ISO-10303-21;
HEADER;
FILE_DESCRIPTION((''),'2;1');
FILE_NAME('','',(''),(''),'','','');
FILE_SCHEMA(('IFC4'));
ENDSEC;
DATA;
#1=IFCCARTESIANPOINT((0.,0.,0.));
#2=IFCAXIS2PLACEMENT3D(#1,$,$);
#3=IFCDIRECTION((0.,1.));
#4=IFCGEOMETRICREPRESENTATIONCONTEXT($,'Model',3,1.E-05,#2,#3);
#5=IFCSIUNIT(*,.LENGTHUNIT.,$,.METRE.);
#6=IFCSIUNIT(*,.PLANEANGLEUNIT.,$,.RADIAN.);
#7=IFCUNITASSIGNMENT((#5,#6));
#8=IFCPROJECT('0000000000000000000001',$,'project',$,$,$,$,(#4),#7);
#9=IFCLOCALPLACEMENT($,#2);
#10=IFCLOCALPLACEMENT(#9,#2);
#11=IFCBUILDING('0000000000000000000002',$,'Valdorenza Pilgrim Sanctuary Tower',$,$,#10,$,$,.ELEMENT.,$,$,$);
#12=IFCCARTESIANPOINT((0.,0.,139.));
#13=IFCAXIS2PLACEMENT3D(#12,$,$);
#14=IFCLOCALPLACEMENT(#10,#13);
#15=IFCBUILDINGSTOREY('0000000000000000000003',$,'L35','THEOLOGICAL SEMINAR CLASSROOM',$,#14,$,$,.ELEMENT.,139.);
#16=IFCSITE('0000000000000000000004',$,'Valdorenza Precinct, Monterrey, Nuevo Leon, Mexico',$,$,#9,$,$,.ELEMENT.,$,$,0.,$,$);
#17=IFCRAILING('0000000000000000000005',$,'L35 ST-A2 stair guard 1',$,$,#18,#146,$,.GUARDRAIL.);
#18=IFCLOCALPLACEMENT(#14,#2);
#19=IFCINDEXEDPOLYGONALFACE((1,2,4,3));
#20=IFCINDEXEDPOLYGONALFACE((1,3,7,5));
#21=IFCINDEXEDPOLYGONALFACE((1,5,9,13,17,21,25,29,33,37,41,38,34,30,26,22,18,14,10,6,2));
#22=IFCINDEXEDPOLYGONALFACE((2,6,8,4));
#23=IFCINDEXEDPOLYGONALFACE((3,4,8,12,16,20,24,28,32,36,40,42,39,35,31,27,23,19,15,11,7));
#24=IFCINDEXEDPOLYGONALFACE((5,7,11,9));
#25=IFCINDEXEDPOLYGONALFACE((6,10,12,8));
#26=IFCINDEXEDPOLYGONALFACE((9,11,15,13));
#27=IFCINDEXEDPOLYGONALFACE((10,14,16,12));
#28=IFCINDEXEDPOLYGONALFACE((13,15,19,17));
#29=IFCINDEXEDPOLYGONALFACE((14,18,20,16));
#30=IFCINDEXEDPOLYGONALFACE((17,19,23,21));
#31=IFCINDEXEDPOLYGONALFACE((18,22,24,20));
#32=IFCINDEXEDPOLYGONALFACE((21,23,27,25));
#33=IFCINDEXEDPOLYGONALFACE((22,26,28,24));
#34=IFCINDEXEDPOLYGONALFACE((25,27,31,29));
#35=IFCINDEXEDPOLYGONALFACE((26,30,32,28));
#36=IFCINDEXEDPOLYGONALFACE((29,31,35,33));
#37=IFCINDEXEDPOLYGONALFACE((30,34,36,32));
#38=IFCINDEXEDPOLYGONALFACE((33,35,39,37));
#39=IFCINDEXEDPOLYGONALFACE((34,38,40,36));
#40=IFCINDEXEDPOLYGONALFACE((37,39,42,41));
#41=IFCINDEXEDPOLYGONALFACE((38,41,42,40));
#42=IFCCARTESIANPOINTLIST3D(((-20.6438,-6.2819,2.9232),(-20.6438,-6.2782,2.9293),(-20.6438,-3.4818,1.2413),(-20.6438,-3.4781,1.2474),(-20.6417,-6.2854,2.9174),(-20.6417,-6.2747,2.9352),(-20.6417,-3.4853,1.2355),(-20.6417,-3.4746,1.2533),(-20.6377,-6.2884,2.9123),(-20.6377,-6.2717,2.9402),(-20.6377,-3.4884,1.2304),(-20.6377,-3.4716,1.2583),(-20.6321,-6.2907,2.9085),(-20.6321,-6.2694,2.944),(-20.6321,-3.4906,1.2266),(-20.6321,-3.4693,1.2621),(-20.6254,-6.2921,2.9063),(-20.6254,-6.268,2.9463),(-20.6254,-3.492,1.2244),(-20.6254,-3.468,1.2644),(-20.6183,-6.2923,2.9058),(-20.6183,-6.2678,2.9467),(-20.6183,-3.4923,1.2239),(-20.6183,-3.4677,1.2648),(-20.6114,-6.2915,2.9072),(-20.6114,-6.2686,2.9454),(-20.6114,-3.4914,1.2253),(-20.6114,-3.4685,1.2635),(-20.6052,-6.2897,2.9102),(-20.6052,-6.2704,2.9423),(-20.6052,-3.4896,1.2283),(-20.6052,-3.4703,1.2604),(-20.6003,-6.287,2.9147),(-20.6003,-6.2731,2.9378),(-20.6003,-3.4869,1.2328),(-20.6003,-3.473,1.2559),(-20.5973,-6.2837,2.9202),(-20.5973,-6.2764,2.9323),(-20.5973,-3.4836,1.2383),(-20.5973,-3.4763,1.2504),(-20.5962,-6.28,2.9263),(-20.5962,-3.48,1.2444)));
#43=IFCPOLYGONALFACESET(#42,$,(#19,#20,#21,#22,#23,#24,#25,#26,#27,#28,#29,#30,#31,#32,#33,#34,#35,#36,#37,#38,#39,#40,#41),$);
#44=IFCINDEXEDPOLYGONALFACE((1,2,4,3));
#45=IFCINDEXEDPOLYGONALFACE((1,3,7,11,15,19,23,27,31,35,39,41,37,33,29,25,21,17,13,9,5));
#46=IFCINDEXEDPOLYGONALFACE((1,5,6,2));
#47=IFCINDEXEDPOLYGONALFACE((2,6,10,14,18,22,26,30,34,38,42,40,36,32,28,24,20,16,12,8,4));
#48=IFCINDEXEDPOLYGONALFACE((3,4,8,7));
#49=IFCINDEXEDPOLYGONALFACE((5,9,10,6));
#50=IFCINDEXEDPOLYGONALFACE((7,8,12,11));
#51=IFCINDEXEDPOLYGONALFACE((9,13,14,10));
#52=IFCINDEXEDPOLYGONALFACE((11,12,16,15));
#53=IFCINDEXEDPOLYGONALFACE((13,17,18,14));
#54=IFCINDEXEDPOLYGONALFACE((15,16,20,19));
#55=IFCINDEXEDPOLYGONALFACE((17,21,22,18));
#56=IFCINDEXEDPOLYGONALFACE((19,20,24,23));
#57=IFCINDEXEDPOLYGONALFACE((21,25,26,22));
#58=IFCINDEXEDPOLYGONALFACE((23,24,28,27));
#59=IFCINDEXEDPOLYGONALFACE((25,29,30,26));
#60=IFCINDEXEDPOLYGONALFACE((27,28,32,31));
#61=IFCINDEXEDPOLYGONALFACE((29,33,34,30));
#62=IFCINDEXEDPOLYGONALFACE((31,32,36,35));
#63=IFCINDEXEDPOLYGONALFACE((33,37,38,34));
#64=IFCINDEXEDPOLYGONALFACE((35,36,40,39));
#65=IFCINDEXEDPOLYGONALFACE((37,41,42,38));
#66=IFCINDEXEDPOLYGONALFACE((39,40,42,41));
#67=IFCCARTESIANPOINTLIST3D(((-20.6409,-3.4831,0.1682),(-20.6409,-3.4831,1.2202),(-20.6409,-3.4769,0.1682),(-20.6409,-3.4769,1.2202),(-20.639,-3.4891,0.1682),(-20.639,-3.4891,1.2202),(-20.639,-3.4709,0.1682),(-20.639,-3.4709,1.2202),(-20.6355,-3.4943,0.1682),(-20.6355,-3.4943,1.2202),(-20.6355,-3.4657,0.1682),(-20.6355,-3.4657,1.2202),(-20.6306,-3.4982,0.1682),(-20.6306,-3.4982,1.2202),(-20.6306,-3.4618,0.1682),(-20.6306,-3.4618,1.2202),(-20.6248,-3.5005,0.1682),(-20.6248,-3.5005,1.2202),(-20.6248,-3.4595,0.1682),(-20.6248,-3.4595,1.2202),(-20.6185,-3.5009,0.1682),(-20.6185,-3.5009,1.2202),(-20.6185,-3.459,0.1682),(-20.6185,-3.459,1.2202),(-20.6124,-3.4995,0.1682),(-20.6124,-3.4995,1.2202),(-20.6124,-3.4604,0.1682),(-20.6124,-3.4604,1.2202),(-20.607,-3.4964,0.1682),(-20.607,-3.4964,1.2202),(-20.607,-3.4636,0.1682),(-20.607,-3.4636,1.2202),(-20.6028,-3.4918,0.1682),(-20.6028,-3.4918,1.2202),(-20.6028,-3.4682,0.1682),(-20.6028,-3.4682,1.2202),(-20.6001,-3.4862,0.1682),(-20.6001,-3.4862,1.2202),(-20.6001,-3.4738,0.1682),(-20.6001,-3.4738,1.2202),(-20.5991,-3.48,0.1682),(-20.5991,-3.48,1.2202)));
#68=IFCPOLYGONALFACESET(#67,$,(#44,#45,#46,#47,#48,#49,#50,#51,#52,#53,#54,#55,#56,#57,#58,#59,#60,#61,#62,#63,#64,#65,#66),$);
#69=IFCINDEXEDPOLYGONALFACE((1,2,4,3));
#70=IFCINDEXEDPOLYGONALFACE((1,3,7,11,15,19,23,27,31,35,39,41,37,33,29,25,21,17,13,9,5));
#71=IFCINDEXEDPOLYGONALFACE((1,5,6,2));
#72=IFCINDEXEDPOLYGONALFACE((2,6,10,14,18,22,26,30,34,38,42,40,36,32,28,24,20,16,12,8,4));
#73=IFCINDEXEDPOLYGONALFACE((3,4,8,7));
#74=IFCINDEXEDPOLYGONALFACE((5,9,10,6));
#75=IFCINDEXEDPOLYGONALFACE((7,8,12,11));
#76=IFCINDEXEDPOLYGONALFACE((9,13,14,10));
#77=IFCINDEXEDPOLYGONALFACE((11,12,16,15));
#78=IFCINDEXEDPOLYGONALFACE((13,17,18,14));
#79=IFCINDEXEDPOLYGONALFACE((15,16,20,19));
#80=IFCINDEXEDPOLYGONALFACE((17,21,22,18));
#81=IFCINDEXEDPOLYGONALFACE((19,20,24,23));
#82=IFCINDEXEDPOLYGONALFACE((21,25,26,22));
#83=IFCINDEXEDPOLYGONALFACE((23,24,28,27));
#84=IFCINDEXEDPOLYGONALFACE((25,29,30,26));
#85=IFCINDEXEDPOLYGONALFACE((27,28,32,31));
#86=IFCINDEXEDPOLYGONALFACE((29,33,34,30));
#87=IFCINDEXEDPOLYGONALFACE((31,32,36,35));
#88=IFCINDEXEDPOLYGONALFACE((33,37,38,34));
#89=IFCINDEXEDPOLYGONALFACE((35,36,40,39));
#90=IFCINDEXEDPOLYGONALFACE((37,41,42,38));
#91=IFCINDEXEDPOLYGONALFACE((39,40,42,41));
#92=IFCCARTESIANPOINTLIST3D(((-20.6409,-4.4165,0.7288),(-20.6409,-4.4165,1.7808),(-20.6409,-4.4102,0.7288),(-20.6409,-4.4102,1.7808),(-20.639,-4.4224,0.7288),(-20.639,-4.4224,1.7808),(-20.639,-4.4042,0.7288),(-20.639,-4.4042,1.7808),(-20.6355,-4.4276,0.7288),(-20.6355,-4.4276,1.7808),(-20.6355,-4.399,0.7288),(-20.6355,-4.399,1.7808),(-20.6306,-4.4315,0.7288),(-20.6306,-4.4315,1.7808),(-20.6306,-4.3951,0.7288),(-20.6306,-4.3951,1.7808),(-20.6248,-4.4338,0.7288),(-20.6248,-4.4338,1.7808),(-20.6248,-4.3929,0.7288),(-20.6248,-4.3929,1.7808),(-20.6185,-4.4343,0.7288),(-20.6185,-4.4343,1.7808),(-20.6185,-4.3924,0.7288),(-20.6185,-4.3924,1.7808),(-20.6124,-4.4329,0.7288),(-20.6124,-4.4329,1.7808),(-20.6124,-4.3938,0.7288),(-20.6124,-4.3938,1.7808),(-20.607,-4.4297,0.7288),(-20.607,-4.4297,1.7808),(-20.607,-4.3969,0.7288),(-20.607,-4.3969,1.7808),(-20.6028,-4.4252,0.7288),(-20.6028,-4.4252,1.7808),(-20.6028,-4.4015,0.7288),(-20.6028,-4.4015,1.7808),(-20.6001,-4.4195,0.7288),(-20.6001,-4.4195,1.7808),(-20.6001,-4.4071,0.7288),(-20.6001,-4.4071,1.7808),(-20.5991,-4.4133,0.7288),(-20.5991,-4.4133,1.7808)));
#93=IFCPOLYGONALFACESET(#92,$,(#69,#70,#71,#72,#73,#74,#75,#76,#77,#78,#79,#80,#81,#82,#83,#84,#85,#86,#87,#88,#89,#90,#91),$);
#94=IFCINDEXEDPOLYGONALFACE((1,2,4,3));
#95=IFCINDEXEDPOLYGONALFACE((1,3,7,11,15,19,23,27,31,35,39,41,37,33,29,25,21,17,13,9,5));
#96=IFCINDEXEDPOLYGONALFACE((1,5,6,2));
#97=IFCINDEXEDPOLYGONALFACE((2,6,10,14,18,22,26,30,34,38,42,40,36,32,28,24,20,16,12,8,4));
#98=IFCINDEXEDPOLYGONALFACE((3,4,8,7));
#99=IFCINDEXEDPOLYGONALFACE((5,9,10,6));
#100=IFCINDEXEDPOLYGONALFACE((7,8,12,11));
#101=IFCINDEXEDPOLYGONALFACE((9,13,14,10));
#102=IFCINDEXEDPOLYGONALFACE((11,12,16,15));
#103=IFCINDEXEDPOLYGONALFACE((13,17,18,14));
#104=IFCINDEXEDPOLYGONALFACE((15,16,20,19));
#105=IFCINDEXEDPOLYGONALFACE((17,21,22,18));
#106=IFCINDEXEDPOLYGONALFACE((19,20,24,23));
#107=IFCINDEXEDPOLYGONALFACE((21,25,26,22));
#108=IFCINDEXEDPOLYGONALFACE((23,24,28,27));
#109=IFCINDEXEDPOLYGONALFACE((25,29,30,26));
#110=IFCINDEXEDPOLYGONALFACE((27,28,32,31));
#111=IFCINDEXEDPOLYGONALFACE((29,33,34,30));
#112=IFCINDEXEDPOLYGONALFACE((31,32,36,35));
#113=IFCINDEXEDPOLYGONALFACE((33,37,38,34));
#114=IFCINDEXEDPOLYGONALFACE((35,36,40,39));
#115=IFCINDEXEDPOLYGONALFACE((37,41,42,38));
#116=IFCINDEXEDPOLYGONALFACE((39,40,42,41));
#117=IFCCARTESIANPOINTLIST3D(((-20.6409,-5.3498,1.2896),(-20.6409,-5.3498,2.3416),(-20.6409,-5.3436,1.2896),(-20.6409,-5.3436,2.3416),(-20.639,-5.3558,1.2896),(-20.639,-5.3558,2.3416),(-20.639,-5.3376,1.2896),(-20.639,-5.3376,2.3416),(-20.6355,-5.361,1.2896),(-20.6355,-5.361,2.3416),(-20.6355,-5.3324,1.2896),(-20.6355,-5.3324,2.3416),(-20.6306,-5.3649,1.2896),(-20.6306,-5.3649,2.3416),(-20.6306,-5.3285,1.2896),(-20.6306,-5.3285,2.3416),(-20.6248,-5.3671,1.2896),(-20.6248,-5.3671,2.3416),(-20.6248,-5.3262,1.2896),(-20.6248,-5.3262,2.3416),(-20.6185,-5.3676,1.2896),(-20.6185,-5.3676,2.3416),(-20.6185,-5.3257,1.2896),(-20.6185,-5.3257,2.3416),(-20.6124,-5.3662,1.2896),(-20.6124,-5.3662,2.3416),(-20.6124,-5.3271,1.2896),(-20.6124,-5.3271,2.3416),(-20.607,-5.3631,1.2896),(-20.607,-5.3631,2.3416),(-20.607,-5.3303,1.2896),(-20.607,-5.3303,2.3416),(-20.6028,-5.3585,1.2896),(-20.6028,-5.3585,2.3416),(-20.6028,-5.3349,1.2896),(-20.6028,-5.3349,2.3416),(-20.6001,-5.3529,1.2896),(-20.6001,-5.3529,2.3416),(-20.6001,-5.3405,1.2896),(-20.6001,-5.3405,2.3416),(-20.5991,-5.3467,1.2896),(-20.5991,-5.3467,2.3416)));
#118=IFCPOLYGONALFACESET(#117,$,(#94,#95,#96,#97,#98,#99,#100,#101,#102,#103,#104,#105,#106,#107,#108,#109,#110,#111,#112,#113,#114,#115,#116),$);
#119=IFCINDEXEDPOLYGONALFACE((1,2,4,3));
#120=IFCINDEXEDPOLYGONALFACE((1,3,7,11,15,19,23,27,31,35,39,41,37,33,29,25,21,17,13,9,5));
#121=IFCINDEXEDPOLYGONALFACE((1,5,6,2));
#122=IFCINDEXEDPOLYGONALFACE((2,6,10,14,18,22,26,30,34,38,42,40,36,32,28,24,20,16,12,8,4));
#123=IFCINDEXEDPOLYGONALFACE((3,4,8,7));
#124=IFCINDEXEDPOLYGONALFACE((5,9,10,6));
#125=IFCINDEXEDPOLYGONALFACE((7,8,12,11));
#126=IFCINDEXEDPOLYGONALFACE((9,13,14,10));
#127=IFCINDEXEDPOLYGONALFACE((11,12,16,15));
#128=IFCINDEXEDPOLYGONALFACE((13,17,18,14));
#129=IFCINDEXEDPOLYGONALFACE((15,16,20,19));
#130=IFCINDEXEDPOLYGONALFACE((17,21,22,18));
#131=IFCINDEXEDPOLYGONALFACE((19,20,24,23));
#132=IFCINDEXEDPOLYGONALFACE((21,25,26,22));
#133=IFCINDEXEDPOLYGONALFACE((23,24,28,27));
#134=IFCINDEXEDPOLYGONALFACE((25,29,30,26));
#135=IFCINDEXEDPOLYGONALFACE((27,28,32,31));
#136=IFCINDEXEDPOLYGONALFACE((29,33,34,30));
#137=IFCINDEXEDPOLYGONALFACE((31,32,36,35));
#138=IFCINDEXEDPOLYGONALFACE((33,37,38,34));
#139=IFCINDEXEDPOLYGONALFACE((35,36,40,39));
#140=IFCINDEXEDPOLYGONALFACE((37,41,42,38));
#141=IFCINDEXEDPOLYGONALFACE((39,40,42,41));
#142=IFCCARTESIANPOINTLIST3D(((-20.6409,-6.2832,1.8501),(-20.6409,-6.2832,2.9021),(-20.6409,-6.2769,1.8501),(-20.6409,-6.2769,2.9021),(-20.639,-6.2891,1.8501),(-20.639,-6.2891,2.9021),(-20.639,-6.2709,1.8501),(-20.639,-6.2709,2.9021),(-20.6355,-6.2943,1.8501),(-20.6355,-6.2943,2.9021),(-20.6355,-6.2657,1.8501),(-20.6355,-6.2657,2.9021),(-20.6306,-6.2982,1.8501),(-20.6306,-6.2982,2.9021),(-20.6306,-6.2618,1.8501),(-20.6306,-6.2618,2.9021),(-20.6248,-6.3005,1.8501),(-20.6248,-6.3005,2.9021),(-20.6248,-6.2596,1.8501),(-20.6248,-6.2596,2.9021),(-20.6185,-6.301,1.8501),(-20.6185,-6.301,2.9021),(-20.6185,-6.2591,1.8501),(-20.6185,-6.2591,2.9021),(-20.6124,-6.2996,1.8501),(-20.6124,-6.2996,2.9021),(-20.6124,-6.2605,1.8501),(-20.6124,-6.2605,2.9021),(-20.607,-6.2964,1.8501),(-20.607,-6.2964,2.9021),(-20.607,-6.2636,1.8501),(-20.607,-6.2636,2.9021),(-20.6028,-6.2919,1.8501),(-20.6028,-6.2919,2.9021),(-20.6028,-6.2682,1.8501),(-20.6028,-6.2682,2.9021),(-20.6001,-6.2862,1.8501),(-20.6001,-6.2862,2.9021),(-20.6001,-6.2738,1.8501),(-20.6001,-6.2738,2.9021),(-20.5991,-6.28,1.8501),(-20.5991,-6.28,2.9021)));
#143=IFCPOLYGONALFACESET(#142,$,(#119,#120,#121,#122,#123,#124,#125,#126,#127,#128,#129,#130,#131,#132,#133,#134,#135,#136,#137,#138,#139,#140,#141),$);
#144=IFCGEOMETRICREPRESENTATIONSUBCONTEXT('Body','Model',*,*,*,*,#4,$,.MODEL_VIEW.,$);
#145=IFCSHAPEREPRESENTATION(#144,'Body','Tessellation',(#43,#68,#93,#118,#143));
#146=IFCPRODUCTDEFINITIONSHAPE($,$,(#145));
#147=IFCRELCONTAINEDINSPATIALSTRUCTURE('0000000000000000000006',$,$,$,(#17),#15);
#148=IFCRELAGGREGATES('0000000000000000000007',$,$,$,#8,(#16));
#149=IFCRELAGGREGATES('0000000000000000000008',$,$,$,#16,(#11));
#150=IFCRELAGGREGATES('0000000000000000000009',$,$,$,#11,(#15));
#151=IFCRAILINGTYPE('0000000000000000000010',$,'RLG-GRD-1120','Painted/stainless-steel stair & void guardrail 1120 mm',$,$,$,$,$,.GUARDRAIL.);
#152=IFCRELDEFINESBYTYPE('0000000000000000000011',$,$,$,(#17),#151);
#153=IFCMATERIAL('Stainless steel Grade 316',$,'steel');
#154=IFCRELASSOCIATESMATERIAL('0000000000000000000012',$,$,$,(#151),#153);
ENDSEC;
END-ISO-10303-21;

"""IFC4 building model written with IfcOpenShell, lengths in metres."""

from ifc_helpers import new_model, si_unit, direction, frame, origin, origin_2d, place, context, subcontext, project, spatial, circle, extrude, material, type_object, element, save


model = new_model("IFC4")

# Units and contexts
model_context = context("Model", 3, precision=1e-05, world=origin(), true_north=direction((0.0, 1.0)))
body_context = subcontext(model_context, "Body", "Model", "MODEL_VIEW")
ifc_project = project(units=[si_unit("LENGTHUNIT", "METRE"), si_unit("PLANEANGLEUNIT", "RADIAN")], contexts=[model_context])

# Site, building, storey
site_placement = place(None, origin())
site = spatial("IfcSite", under=ifc_project, at=site_placement, Name="Valdorenza Precinct, Monterrey, Nuevo Leon, Mexico", CompositionType="ELEMENT", RefElevation=0.0)
building_placement = place(site_placement, origin())
building = spatial("IfcBuilding", under=site, at=building_placement, Name="Valdorenza Pilgrim Sanctuary Tower", CompositionType="ELEMENT")
storey_placement = place(building_placement, frame((0.0, 0.0, 139.0)))
storey = spatial("IfcBuildingStorey", under=building, at=storey_placement, Name="L35", Description="THEOLOGICAL SEMINAR CLASSROOM", CompositionType="ELEMENT", Elevation=139.0)

# Railing
ifc_material_1 = material(Name="Stainless steel Grade 316", Category="steel")
railing_type_1 = type_object("IfcRailingType", Name="RLG-GRD-1120", Description="Painted/stainless-steel stair & void guardrail 1120 mm", PredefinedType="GUARDRAIL", material=ifc_material_1)
railing_1_placement = place(storey_placement, frame((-20.6201, -3.48, 0.1682)))
element("IfcRailing", 1, at=railing_1_placement, inside=storey, type_object=railing_type_1, Name="L35 ST-A2 stair guard 1", PredefinedType="GUARDRAIL", context=body_context, shape_type="SweptSolid", body=[
    extrude(circle(Radius=0.0239, at=origin_2d()), frame((0.0, 0.0, 1.0762), z_axis=(0.0, -0.857242, 0.514913), x_axis=(1.0, 0.0, 0.0)), (0.0, 0.0, 1.0), 3.2664),
    extrude(circle(Radius=0.021, at=origin_2d()), origin(), (0.0, 0.0, 1.0), 1.052),
    extrude(circle(Radius=0.021, at=origin_2d()), frame((0.0, -0.9333, 0.5605)), (0.0, 0.0, 1.0), 1.052),
    extrude(circle(Radius=0.021, at=origin_2d()), frame((0.0, -1.8667, 1.1213)), (0.0, 0.0, 1.0), 1.052),
    extrude(circle(Radius=0.021, at=origin_2d()), frame((0.0, -2.8, 1.6819)), (0.0, 0.0, 1.0), 1.052),
])

save(model, "model.ifc")
